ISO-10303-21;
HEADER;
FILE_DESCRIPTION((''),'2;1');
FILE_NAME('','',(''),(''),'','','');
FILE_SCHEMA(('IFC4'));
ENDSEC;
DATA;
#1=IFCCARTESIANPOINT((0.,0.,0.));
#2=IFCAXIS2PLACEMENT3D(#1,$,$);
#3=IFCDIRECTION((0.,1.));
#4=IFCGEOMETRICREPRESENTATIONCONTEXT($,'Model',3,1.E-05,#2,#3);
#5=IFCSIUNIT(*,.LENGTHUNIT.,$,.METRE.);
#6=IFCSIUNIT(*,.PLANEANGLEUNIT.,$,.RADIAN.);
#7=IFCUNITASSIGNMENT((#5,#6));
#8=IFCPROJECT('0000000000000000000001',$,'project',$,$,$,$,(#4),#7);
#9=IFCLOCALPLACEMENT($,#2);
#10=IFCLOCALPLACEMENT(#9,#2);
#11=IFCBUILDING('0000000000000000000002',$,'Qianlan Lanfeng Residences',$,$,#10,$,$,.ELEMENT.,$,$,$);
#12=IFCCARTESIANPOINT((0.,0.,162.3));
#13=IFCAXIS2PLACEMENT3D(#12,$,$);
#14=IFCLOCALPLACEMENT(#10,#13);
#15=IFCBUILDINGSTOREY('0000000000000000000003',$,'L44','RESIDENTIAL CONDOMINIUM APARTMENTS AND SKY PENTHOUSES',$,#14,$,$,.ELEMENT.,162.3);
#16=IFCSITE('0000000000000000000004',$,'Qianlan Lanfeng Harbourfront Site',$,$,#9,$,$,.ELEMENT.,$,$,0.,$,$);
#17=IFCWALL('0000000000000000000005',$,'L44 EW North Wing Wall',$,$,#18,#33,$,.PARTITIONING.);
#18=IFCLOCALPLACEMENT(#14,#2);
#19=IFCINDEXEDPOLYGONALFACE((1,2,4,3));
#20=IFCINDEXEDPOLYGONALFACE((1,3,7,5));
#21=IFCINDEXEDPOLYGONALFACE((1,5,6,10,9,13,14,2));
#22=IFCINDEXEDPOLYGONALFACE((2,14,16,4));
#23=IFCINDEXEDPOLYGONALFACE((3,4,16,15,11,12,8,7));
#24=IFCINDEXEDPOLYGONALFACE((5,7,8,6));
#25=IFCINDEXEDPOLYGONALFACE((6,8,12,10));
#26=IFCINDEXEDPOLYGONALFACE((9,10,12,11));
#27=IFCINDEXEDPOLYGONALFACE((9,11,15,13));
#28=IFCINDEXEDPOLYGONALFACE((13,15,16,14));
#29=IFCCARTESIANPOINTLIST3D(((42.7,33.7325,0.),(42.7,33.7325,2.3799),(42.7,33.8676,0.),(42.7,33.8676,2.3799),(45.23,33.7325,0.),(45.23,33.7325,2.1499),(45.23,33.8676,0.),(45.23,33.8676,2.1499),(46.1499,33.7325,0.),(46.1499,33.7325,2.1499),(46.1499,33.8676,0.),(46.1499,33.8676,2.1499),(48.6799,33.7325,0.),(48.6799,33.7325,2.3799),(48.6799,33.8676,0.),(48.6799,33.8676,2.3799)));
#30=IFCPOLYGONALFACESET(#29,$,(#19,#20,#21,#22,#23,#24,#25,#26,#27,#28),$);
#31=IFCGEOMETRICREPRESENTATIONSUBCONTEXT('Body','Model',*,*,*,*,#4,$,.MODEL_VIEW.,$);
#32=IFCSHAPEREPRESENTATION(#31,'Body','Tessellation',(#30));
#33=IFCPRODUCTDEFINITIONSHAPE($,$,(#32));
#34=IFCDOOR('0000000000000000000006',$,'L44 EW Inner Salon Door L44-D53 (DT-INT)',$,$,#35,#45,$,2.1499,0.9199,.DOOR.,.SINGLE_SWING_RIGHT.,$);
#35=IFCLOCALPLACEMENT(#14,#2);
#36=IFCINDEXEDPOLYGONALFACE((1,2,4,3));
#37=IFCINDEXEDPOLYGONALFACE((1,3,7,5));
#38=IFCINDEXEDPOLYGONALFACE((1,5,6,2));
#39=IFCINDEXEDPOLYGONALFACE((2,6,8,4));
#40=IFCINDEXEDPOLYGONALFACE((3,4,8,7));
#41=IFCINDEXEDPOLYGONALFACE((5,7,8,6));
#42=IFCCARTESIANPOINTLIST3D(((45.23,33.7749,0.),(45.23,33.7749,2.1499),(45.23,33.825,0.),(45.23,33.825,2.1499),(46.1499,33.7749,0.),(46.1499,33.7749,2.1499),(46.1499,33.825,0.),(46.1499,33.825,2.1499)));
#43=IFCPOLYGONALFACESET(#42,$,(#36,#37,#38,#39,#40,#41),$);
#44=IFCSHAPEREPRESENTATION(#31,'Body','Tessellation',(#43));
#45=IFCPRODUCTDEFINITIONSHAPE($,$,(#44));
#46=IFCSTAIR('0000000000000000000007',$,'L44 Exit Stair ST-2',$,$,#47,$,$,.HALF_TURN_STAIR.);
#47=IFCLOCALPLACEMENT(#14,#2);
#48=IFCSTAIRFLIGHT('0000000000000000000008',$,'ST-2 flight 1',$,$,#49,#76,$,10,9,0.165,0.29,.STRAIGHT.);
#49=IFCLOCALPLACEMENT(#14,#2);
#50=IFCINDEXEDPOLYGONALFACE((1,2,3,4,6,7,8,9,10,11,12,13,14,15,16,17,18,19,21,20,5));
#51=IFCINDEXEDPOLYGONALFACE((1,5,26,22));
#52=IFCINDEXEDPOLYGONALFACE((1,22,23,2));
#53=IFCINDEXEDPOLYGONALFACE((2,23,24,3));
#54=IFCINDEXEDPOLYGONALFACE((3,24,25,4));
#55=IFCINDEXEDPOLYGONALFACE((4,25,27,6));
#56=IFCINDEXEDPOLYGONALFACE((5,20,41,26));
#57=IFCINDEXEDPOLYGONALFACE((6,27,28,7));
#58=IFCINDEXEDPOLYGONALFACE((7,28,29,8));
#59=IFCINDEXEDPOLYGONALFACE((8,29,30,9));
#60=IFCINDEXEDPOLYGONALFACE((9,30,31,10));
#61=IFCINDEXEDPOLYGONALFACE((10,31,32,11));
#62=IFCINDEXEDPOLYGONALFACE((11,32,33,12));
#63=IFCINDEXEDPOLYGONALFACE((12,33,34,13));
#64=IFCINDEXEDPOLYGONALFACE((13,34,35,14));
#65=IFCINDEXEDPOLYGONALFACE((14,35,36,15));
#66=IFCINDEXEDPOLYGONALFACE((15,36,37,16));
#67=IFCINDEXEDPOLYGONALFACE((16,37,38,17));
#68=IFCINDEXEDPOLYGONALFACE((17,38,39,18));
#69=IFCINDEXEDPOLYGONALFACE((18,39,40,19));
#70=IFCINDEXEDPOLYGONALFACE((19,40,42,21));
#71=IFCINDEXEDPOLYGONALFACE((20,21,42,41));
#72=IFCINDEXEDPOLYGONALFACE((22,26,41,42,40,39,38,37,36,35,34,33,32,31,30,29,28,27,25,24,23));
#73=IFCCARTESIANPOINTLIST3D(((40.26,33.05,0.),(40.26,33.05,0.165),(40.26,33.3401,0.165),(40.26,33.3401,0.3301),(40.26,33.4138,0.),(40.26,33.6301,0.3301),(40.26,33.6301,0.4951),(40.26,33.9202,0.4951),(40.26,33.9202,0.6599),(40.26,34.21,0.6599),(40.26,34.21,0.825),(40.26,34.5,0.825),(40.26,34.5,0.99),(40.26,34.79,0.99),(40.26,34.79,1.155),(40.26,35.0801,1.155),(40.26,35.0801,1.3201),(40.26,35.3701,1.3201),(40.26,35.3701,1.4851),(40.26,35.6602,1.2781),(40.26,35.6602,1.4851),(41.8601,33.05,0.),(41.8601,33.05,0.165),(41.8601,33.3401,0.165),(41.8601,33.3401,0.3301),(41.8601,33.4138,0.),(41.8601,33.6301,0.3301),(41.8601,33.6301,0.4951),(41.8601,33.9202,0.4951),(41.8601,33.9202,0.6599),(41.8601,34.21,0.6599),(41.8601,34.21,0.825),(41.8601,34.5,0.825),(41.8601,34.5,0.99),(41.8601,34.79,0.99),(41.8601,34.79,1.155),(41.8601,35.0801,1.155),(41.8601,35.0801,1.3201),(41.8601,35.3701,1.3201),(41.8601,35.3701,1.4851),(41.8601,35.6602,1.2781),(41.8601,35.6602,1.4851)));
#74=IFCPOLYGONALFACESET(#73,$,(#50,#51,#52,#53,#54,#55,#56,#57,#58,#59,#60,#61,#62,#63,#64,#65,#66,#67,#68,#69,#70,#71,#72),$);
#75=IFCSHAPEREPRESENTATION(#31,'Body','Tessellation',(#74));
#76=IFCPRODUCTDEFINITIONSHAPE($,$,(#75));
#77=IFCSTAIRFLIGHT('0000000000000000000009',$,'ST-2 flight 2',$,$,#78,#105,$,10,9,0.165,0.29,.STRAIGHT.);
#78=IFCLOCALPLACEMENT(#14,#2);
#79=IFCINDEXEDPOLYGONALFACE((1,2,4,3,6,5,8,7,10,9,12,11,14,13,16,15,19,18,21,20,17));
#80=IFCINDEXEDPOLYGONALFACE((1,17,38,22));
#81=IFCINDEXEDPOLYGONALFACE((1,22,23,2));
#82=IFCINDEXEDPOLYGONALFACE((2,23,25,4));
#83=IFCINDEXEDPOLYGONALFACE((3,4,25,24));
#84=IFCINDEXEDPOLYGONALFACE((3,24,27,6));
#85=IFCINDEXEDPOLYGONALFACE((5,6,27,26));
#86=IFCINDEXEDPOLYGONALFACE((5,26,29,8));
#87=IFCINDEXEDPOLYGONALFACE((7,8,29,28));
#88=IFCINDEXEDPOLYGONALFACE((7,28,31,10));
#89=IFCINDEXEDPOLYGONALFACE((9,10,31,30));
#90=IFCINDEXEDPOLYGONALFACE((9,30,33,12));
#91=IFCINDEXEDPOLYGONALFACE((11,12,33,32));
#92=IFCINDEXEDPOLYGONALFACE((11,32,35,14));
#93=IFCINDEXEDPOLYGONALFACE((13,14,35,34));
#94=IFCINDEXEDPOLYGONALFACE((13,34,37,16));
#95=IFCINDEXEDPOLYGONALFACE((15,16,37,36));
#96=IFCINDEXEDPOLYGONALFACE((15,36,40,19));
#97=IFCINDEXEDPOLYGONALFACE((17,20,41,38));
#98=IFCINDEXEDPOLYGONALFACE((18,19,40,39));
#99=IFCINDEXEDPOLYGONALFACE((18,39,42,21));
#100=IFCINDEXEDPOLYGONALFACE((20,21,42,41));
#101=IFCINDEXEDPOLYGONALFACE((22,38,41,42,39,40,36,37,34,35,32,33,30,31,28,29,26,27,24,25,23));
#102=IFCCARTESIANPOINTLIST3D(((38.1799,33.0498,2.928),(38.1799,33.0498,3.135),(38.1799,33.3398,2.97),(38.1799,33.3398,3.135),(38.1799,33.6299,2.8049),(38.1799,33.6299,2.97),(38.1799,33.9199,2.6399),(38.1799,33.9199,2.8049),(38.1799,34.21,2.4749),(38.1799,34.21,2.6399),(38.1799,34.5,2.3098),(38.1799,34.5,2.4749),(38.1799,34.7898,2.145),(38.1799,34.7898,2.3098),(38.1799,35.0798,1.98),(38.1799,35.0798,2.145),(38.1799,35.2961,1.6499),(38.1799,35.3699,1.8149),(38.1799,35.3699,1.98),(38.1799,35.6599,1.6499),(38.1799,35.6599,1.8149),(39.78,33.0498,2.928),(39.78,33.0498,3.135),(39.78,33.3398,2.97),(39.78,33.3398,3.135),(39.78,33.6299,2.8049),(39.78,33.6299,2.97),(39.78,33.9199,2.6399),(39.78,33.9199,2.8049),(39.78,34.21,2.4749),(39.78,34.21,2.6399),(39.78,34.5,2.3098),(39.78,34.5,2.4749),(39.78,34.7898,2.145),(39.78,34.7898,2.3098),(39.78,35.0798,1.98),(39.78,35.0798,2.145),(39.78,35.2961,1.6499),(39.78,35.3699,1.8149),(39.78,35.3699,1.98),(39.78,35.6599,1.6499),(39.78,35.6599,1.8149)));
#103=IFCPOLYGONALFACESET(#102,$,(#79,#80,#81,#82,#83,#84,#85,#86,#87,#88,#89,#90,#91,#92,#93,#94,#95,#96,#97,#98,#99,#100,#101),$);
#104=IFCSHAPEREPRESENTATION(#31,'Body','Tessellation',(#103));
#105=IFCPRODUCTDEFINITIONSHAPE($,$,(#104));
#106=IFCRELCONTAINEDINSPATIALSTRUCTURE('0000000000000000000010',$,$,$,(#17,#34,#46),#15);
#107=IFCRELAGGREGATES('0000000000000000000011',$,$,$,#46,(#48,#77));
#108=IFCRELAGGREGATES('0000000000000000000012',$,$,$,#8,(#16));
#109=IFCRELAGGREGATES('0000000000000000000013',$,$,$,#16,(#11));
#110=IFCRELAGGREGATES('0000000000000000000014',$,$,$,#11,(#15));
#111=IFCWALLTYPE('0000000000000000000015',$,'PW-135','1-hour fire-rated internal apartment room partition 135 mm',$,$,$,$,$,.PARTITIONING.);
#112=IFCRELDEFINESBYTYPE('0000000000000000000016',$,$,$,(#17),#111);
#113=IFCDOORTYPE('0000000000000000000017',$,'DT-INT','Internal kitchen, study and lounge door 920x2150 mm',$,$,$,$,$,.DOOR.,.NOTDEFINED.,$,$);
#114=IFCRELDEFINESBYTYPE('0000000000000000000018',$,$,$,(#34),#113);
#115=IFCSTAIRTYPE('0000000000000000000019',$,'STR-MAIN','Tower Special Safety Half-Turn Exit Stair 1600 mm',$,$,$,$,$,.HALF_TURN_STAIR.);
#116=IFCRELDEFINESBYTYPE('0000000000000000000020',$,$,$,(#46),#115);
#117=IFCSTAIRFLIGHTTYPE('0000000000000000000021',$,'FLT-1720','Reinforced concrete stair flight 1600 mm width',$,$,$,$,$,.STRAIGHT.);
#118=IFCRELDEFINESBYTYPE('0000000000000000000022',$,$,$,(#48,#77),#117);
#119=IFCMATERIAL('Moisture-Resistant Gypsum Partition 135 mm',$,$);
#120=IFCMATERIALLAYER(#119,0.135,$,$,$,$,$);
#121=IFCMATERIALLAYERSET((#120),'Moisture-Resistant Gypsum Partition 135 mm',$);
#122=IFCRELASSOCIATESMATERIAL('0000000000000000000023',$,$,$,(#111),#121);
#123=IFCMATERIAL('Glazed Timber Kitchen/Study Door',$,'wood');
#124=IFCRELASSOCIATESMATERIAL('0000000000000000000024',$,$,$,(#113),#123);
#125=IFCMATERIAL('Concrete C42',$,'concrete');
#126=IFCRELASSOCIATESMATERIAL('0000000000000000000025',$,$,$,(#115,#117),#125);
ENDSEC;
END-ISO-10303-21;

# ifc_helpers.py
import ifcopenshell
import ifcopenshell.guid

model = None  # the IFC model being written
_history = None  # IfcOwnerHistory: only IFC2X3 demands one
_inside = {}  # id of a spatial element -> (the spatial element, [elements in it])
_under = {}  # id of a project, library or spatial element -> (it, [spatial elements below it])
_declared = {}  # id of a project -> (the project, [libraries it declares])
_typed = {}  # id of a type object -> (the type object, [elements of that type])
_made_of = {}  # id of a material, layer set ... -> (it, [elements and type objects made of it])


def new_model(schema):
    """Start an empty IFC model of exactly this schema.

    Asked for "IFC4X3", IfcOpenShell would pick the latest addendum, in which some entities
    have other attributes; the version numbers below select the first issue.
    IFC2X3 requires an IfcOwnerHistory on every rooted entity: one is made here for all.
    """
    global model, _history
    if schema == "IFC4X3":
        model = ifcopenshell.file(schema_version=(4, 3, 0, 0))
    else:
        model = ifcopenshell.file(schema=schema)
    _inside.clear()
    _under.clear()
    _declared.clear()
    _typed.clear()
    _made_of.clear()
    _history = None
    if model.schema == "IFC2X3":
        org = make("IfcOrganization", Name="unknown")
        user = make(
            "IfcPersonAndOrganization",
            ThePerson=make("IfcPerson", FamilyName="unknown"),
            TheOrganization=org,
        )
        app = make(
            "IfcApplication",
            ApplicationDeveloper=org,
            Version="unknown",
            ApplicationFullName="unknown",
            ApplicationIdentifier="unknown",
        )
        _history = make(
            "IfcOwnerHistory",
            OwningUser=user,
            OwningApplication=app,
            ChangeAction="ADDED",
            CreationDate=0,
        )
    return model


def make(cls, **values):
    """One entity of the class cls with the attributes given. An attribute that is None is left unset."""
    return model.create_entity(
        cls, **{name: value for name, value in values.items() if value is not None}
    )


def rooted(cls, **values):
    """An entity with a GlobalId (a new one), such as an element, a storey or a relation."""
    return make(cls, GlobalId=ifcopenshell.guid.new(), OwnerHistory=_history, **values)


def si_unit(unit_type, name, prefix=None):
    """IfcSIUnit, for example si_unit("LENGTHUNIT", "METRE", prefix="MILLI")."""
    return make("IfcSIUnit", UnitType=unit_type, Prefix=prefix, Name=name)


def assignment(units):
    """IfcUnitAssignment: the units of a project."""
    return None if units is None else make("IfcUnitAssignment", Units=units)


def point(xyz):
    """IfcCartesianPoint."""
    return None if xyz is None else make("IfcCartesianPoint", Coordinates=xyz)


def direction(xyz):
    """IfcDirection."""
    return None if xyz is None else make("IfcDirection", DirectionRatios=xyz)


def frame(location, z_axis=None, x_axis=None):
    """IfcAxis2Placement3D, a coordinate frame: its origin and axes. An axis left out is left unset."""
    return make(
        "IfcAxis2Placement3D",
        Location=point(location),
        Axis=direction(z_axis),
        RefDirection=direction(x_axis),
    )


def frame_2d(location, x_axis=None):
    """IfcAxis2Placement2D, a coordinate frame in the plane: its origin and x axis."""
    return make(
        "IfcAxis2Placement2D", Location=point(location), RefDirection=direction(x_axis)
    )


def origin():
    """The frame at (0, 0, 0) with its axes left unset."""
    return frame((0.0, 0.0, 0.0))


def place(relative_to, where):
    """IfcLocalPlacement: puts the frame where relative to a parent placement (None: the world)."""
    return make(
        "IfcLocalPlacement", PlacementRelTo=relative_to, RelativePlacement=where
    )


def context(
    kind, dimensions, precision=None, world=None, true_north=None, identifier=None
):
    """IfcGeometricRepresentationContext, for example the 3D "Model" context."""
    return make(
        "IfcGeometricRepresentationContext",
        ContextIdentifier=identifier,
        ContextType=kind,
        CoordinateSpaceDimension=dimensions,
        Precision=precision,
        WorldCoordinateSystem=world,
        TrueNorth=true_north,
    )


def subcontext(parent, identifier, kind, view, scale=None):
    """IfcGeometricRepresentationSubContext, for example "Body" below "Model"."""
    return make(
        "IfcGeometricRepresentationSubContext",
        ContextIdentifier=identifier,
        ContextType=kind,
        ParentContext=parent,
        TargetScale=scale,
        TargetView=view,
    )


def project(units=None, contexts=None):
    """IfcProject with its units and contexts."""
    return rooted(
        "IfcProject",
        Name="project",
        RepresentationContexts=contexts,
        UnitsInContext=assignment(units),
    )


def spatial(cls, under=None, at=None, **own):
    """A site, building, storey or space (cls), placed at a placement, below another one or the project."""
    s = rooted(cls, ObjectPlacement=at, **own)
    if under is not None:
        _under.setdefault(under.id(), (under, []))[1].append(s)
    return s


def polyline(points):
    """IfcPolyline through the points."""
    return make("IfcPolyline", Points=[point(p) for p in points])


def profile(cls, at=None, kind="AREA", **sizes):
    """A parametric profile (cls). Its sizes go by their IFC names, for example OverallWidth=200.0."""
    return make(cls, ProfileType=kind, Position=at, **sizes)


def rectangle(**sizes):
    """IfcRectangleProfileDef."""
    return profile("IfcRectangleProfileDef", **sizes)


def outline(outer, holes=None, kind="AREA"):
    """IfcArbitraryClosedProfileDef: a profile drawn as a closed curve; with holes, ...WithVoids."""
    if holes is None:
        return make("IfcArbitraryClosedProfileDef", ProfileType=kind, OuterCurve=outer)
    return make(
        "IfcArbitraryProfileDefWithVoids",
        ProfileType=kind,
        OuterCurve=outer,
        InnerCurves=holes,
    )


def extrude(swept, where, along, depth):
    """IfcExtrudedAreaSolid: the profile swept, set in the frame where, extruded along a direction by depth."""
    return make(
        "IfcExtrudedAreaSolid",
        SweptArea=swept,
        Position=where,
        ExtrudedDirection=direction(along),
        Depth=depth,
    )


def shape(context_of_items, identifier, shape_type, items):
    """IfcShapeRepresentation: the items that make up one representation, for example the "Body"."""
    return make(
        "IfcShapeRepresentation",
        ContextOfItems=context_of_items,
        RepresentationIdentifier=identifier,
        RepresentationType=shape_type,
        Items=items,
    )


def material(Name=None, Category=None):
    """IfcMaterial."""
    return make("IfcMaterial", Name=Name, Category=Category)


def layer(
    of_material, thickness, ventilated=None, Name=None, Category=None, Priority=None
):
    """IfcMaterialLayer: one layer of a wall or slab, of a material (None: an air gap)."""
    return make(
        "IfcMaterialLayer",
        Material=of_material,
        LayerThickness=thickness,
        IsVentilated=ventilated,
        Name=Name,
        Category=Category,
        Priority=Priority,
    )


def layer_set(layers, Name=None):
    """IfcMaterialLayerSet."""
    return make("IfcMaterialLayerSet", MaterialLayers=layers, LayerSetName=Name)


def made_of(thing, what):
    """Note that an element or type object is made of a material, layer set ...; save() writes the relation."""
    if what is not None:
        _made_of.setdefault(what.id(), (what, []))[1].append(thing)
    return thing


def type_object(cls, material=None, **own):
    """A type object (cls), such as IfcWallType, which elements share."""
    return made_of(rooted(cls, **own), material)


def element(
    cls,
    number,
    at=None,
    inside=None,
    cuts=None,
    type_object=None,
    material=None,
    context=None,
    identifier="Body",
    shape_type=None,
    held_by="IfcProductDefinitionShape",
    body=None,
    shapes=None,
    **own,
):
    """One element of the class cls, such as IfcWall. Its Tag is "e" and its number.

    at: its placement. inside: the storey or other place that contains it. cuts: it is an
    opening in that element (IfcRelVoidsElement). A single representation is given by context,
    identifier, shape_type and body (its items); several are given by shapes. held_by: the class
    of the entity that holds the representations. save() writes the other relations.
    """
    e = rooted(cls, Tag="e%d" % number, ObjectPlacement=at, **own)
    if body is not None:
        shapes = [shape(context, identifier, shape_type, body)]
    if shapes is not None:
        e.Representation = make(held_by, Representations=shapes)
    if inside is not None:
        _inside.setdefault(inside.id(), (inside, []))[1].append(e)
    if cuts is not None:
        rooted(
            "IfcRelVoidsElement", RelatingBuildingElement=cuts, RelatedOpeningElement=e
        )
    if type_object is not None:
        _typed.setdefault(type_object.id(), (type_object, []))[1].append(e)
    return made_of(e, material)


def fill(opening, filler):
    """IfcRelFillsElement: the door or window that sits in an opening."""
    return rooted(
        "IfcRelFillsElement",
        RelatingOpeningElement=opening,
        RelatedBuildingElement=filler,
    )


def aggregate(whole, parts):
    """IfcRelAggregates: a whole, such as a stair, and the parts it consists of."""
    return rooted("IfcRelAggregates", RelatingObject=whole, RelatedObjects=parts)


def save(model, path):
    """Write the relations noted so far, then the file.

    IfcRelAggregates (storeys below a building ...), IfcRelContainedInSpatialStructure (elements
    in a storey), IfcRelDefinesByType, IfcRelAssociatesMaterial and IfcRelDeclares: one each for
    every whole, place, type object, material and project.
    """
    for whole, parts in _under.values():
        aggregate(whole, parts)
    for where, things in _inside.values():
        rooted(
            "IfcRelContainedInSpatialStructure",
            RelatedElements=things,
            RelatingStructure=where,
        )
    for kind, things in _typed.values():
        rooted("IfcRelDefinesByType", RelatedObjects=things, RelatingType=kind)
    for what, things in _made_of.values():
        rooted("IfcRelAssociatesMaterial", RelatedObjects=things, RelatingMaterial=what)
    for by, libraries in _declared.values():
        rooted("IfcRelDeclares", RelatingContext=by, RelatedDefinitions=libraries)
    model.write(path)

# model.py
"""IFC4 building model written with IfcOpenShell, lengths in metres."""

from ifc_helpers import new_model, si_unit, direction, frame, frame_2d, origin, place, context, subcontext, project, spatial, polyline, rectangle, outline, extrude, material, layer, layer_set, type_object, element, fill, aggregate, save


model = new_model("IFC4")

# Units and contexts
model_context = context("Model", 3, precision=1e-05, world=origin(), true_north=direction((0.0, 1.0)))
body_context = subcontext(model_context, "Body", "Model", "MODEL_VIEW")
ifc_project = project(units=[si_unit("LENGTHUNIT", "METRE"), si_unit("PLANEANGLEUNIT", "RADIAN")], contexts=[model_context])

# Site, building, storey
site_placement = place(None, origin())
site = spatial("IfcSite", under=ifc_project, at=site_placement, Name="Qianlan Lanfeng Harbourfront Site", CompositionType="ELEMENT", RefElevation=0.0)
building_placement = place(site_placement, origin())
building = spatial("IfcBuilding", under=site, at=building_placement, Name="Qianlan Lanfeng Residences", CompositionType="ELEMENT")
storey_placement = place(building_placement, frame((0.0, 0.0, 162.3)))
storey = spatial("IfcBuildingStorey", under=building, at=storey_placement, Name="L44", Description="RESIDENTIAL CONDOMINIUM APARTMENTS AND SKY PENTHOUSES", CompositionType="ELEMENT", Elevation=162.3)

# Shared definitions
ifc_material_1 = material(Name="Concrete C42", Category="concrete")

# Wall, opening, door
ifc_material_2 = material(Name="Moisture-Resistant Gypsum Partition 135 mm")
ifc_layer_1 = layer(ifc_material_2, 0.135)
ifc_layer_set_1 = layer_set([ifc_layer_1], Name="Moisture-Resistant Gypsum Partition 135 mm")
wall_type_1 = type_object("IfcWallType", Name="PW-135", Description="1-hour fire-rated internal apartment room partition 135 mm", PredefinedType="PARTITIONING", material=ifc_layer_set_1)
wall_1_placement = place(storey_placement, frame((42.7, 33.8, 0.0), z_axis=(0.0, 0.0, 1.0), x_axis=(1.0, 0.0, 0.0)))
wall_1 = element("IfcWall", 1, at=wall_1_placement, inside=storey, type_object=wall_type_1, Name="L44 EW North Wing Wall", PredefinedType="PARTITIONING", context=body_context, shape_type="SweptSolid", body=[
    extrude(rectangle(XDim=5.98, YDim=0.135, at=frame_2d((2.99, 0.0))), origin(), (0.0, 0.0, 1.0), 2.3799),
])
opening_1_placement = place(wall_1_placement, frame((2.53, 0.0, 0.0)))
opening_1 = element("IfcOpeningElement", 2, at=opening_1_placement, cuts=wall_1, PredefinedType="OPENING", context=body_context, shape_type="SweptSolid", body=[
    extrude(rectangle(XDim=0.9199, YDim=2.1499, at=frame_2d((0.46, 1.075))), frame((0.0, 0.0776, 0.0), z_axis=(0.0, -1.0, 0.0), x_axis=(1.0, 0.0, 0.0)), (0.0, 0.0, 1.0), 0.155),
])
ifc_material_3 = material(Name="Glazed Timber Kitchen/Study Door", Category="wood")
door_type_1 = type_object("IfcDoorType", Name="DT-INT", Description="Internal kitchen, study and lounge door 920x2150 mm", OperationType="NOTDEFINED", PredefinedType="DOOR", material=ifc_material_3)
door_1_placement = place(opening_1_placement, origin())
door_1 = element("IfcDoor", 3, at=door_1_placement, inside=storey, type_object=door_type_1, Name="L44 EW Inner Salon Door L44-D53 (DT-INT)", OperationType="SINGLE_SWING_RIGHT", OverallHeight=2.1499, OverallWidth=0.9199, PredefinedType="DOOR", context=body_context, shape_type="SweptSolid", body=[
    extrude(rectangle(XDim=0.9199, YDim=2.1499, at=frame_2d((0.46, 1.075))), frame((0.0, 0.0249, 0.0), z_axis=(0.0, -1.0, 0.0), x_axis=(1.0, 0.0, 0.0)), (0.0, 0.0, 1.0), 0.05),
])
fill(opening_1, door_1)

# Stair, stair flights
stair_type = type_object("IfcStairType", Name="STR-MAIN", Description="Tower Special Safety Half-Turn Exit Stair 1600 mm", PredefinedType="HALF_TURN_STAIR", material=ifc_material_1)
stair_placement = place(storey_placement, origin())
stair = element("IfcStair", 4, at=stair_placement, inside=storey, type_object=stair_type, Name="L44 Exit Stair ST-2", PredefinedType="HALF_TURN_STAIR")
stair_flight_type = type_object("IfcStairFlightType", Name="FLT-1720", Description="Reinforced concrete stair flight 1600 mm width", PredefinedType="STRAIGHT", material=ifc_material_1)
stair_flight_1_placement = place(storey_placement, frame((41.0601, 33.05, 0.0), z_axis=(0.0, 0.0, 1.0), x_axis=(0.0, 1.0, 0.0)))
stair_flight_1 = element("IfcStairFlight", 5, at=stair_flight_1_placement, type_object=stair_flight_type, Name="ST-2 flight 1", NumberOfRisers=10, NumberOfTreads=9, PredefinedType="STRAIGHT", RiserHeight=0.165, TreadLength=0.29, context=body_context, shape_type="SweptSolid", body=[
    extrude(outline(polyline([(0.0, 0.0), (0.0, 0.165), (0.29, 0.165), (0.29, 0.3301), (0.5801, 0.3301), (0.5801, 0.4951), (0.8701, 0.4951), (0.8701, 0.6599), (1.1599, 0.6599), (1.1599, 0.825), (1.45, 0.825), (1.45, 0.99), (1.74, 0.99), (1.74, 1.155), (2.03, 1.155), (2.03, 1.3201), (2.3201, 1.3201), (2.3201, 1.4851), (2.6101, 1.4851), (2.6101, 1.6499), (2.6101, 1.2781), (0.3638, 0.0), (0.0, 0.0)])), frame((0.0, 0.8, 0.0), z_axis=(0.0, -1.0, 0.0), x_axis=(1.0, 0.0, 0.0)), (0.0, 0.0, 1.0), 1.6001),
])
stair_flight_2_placement = place(storey_placement, frame((38.98, 35.6599, 1.6499), z_axis=(0.0, 0.0, 1.0), x_axis=(0.0, -1.0, 0.0)))
stair_flight_2 = element("IfcStairFlight", 6, at=stair_flight_2_placement, type_object=stair_flight_type, Name="ST-2 flight 2", NumberOfRisers=10, NumberOfTreads=9, PredefinedType="STRAIGHT", RiserHeight=0.165, TreadLength=0.29, context=body_context, shape_type="SweptSolid", body=[
    extrude(outline(polyline([(0.0, 0.0), (0.0, 0.165), (0.29, 0.165), (0.29, 0.3301), (0.5801, 0.3301), (0.5801, 0.4951), (0.8701, 0.4951), (0.8701, 0.6599), (1.1599, 0.6599), (1.1599, 0.825), (1.45, 0.825), (1.45, 0.99), (1.74, 0.99), (1.74, 1.155), (2.03, 1.155), (2.03, 1.3201), (2.3201, 1.3201), (2.3201, 1.4851), (2.6101, 1.4851), (2.6101, 1.6499), (2.6101, 1.2781), (0.3638, 0.0), (0.0, 0.0)])), frame((0.0, 0.8, 0.0), z_axis=(0.0, -1.0, 0.0), x_axis=(1.0, 0.0, 0.0)), (0.0, 0.0, 1.0), 1.6001),
])
aggregate(stair, [stair_flight_1, stair_flight_2])

save(model, "model.ifc")
